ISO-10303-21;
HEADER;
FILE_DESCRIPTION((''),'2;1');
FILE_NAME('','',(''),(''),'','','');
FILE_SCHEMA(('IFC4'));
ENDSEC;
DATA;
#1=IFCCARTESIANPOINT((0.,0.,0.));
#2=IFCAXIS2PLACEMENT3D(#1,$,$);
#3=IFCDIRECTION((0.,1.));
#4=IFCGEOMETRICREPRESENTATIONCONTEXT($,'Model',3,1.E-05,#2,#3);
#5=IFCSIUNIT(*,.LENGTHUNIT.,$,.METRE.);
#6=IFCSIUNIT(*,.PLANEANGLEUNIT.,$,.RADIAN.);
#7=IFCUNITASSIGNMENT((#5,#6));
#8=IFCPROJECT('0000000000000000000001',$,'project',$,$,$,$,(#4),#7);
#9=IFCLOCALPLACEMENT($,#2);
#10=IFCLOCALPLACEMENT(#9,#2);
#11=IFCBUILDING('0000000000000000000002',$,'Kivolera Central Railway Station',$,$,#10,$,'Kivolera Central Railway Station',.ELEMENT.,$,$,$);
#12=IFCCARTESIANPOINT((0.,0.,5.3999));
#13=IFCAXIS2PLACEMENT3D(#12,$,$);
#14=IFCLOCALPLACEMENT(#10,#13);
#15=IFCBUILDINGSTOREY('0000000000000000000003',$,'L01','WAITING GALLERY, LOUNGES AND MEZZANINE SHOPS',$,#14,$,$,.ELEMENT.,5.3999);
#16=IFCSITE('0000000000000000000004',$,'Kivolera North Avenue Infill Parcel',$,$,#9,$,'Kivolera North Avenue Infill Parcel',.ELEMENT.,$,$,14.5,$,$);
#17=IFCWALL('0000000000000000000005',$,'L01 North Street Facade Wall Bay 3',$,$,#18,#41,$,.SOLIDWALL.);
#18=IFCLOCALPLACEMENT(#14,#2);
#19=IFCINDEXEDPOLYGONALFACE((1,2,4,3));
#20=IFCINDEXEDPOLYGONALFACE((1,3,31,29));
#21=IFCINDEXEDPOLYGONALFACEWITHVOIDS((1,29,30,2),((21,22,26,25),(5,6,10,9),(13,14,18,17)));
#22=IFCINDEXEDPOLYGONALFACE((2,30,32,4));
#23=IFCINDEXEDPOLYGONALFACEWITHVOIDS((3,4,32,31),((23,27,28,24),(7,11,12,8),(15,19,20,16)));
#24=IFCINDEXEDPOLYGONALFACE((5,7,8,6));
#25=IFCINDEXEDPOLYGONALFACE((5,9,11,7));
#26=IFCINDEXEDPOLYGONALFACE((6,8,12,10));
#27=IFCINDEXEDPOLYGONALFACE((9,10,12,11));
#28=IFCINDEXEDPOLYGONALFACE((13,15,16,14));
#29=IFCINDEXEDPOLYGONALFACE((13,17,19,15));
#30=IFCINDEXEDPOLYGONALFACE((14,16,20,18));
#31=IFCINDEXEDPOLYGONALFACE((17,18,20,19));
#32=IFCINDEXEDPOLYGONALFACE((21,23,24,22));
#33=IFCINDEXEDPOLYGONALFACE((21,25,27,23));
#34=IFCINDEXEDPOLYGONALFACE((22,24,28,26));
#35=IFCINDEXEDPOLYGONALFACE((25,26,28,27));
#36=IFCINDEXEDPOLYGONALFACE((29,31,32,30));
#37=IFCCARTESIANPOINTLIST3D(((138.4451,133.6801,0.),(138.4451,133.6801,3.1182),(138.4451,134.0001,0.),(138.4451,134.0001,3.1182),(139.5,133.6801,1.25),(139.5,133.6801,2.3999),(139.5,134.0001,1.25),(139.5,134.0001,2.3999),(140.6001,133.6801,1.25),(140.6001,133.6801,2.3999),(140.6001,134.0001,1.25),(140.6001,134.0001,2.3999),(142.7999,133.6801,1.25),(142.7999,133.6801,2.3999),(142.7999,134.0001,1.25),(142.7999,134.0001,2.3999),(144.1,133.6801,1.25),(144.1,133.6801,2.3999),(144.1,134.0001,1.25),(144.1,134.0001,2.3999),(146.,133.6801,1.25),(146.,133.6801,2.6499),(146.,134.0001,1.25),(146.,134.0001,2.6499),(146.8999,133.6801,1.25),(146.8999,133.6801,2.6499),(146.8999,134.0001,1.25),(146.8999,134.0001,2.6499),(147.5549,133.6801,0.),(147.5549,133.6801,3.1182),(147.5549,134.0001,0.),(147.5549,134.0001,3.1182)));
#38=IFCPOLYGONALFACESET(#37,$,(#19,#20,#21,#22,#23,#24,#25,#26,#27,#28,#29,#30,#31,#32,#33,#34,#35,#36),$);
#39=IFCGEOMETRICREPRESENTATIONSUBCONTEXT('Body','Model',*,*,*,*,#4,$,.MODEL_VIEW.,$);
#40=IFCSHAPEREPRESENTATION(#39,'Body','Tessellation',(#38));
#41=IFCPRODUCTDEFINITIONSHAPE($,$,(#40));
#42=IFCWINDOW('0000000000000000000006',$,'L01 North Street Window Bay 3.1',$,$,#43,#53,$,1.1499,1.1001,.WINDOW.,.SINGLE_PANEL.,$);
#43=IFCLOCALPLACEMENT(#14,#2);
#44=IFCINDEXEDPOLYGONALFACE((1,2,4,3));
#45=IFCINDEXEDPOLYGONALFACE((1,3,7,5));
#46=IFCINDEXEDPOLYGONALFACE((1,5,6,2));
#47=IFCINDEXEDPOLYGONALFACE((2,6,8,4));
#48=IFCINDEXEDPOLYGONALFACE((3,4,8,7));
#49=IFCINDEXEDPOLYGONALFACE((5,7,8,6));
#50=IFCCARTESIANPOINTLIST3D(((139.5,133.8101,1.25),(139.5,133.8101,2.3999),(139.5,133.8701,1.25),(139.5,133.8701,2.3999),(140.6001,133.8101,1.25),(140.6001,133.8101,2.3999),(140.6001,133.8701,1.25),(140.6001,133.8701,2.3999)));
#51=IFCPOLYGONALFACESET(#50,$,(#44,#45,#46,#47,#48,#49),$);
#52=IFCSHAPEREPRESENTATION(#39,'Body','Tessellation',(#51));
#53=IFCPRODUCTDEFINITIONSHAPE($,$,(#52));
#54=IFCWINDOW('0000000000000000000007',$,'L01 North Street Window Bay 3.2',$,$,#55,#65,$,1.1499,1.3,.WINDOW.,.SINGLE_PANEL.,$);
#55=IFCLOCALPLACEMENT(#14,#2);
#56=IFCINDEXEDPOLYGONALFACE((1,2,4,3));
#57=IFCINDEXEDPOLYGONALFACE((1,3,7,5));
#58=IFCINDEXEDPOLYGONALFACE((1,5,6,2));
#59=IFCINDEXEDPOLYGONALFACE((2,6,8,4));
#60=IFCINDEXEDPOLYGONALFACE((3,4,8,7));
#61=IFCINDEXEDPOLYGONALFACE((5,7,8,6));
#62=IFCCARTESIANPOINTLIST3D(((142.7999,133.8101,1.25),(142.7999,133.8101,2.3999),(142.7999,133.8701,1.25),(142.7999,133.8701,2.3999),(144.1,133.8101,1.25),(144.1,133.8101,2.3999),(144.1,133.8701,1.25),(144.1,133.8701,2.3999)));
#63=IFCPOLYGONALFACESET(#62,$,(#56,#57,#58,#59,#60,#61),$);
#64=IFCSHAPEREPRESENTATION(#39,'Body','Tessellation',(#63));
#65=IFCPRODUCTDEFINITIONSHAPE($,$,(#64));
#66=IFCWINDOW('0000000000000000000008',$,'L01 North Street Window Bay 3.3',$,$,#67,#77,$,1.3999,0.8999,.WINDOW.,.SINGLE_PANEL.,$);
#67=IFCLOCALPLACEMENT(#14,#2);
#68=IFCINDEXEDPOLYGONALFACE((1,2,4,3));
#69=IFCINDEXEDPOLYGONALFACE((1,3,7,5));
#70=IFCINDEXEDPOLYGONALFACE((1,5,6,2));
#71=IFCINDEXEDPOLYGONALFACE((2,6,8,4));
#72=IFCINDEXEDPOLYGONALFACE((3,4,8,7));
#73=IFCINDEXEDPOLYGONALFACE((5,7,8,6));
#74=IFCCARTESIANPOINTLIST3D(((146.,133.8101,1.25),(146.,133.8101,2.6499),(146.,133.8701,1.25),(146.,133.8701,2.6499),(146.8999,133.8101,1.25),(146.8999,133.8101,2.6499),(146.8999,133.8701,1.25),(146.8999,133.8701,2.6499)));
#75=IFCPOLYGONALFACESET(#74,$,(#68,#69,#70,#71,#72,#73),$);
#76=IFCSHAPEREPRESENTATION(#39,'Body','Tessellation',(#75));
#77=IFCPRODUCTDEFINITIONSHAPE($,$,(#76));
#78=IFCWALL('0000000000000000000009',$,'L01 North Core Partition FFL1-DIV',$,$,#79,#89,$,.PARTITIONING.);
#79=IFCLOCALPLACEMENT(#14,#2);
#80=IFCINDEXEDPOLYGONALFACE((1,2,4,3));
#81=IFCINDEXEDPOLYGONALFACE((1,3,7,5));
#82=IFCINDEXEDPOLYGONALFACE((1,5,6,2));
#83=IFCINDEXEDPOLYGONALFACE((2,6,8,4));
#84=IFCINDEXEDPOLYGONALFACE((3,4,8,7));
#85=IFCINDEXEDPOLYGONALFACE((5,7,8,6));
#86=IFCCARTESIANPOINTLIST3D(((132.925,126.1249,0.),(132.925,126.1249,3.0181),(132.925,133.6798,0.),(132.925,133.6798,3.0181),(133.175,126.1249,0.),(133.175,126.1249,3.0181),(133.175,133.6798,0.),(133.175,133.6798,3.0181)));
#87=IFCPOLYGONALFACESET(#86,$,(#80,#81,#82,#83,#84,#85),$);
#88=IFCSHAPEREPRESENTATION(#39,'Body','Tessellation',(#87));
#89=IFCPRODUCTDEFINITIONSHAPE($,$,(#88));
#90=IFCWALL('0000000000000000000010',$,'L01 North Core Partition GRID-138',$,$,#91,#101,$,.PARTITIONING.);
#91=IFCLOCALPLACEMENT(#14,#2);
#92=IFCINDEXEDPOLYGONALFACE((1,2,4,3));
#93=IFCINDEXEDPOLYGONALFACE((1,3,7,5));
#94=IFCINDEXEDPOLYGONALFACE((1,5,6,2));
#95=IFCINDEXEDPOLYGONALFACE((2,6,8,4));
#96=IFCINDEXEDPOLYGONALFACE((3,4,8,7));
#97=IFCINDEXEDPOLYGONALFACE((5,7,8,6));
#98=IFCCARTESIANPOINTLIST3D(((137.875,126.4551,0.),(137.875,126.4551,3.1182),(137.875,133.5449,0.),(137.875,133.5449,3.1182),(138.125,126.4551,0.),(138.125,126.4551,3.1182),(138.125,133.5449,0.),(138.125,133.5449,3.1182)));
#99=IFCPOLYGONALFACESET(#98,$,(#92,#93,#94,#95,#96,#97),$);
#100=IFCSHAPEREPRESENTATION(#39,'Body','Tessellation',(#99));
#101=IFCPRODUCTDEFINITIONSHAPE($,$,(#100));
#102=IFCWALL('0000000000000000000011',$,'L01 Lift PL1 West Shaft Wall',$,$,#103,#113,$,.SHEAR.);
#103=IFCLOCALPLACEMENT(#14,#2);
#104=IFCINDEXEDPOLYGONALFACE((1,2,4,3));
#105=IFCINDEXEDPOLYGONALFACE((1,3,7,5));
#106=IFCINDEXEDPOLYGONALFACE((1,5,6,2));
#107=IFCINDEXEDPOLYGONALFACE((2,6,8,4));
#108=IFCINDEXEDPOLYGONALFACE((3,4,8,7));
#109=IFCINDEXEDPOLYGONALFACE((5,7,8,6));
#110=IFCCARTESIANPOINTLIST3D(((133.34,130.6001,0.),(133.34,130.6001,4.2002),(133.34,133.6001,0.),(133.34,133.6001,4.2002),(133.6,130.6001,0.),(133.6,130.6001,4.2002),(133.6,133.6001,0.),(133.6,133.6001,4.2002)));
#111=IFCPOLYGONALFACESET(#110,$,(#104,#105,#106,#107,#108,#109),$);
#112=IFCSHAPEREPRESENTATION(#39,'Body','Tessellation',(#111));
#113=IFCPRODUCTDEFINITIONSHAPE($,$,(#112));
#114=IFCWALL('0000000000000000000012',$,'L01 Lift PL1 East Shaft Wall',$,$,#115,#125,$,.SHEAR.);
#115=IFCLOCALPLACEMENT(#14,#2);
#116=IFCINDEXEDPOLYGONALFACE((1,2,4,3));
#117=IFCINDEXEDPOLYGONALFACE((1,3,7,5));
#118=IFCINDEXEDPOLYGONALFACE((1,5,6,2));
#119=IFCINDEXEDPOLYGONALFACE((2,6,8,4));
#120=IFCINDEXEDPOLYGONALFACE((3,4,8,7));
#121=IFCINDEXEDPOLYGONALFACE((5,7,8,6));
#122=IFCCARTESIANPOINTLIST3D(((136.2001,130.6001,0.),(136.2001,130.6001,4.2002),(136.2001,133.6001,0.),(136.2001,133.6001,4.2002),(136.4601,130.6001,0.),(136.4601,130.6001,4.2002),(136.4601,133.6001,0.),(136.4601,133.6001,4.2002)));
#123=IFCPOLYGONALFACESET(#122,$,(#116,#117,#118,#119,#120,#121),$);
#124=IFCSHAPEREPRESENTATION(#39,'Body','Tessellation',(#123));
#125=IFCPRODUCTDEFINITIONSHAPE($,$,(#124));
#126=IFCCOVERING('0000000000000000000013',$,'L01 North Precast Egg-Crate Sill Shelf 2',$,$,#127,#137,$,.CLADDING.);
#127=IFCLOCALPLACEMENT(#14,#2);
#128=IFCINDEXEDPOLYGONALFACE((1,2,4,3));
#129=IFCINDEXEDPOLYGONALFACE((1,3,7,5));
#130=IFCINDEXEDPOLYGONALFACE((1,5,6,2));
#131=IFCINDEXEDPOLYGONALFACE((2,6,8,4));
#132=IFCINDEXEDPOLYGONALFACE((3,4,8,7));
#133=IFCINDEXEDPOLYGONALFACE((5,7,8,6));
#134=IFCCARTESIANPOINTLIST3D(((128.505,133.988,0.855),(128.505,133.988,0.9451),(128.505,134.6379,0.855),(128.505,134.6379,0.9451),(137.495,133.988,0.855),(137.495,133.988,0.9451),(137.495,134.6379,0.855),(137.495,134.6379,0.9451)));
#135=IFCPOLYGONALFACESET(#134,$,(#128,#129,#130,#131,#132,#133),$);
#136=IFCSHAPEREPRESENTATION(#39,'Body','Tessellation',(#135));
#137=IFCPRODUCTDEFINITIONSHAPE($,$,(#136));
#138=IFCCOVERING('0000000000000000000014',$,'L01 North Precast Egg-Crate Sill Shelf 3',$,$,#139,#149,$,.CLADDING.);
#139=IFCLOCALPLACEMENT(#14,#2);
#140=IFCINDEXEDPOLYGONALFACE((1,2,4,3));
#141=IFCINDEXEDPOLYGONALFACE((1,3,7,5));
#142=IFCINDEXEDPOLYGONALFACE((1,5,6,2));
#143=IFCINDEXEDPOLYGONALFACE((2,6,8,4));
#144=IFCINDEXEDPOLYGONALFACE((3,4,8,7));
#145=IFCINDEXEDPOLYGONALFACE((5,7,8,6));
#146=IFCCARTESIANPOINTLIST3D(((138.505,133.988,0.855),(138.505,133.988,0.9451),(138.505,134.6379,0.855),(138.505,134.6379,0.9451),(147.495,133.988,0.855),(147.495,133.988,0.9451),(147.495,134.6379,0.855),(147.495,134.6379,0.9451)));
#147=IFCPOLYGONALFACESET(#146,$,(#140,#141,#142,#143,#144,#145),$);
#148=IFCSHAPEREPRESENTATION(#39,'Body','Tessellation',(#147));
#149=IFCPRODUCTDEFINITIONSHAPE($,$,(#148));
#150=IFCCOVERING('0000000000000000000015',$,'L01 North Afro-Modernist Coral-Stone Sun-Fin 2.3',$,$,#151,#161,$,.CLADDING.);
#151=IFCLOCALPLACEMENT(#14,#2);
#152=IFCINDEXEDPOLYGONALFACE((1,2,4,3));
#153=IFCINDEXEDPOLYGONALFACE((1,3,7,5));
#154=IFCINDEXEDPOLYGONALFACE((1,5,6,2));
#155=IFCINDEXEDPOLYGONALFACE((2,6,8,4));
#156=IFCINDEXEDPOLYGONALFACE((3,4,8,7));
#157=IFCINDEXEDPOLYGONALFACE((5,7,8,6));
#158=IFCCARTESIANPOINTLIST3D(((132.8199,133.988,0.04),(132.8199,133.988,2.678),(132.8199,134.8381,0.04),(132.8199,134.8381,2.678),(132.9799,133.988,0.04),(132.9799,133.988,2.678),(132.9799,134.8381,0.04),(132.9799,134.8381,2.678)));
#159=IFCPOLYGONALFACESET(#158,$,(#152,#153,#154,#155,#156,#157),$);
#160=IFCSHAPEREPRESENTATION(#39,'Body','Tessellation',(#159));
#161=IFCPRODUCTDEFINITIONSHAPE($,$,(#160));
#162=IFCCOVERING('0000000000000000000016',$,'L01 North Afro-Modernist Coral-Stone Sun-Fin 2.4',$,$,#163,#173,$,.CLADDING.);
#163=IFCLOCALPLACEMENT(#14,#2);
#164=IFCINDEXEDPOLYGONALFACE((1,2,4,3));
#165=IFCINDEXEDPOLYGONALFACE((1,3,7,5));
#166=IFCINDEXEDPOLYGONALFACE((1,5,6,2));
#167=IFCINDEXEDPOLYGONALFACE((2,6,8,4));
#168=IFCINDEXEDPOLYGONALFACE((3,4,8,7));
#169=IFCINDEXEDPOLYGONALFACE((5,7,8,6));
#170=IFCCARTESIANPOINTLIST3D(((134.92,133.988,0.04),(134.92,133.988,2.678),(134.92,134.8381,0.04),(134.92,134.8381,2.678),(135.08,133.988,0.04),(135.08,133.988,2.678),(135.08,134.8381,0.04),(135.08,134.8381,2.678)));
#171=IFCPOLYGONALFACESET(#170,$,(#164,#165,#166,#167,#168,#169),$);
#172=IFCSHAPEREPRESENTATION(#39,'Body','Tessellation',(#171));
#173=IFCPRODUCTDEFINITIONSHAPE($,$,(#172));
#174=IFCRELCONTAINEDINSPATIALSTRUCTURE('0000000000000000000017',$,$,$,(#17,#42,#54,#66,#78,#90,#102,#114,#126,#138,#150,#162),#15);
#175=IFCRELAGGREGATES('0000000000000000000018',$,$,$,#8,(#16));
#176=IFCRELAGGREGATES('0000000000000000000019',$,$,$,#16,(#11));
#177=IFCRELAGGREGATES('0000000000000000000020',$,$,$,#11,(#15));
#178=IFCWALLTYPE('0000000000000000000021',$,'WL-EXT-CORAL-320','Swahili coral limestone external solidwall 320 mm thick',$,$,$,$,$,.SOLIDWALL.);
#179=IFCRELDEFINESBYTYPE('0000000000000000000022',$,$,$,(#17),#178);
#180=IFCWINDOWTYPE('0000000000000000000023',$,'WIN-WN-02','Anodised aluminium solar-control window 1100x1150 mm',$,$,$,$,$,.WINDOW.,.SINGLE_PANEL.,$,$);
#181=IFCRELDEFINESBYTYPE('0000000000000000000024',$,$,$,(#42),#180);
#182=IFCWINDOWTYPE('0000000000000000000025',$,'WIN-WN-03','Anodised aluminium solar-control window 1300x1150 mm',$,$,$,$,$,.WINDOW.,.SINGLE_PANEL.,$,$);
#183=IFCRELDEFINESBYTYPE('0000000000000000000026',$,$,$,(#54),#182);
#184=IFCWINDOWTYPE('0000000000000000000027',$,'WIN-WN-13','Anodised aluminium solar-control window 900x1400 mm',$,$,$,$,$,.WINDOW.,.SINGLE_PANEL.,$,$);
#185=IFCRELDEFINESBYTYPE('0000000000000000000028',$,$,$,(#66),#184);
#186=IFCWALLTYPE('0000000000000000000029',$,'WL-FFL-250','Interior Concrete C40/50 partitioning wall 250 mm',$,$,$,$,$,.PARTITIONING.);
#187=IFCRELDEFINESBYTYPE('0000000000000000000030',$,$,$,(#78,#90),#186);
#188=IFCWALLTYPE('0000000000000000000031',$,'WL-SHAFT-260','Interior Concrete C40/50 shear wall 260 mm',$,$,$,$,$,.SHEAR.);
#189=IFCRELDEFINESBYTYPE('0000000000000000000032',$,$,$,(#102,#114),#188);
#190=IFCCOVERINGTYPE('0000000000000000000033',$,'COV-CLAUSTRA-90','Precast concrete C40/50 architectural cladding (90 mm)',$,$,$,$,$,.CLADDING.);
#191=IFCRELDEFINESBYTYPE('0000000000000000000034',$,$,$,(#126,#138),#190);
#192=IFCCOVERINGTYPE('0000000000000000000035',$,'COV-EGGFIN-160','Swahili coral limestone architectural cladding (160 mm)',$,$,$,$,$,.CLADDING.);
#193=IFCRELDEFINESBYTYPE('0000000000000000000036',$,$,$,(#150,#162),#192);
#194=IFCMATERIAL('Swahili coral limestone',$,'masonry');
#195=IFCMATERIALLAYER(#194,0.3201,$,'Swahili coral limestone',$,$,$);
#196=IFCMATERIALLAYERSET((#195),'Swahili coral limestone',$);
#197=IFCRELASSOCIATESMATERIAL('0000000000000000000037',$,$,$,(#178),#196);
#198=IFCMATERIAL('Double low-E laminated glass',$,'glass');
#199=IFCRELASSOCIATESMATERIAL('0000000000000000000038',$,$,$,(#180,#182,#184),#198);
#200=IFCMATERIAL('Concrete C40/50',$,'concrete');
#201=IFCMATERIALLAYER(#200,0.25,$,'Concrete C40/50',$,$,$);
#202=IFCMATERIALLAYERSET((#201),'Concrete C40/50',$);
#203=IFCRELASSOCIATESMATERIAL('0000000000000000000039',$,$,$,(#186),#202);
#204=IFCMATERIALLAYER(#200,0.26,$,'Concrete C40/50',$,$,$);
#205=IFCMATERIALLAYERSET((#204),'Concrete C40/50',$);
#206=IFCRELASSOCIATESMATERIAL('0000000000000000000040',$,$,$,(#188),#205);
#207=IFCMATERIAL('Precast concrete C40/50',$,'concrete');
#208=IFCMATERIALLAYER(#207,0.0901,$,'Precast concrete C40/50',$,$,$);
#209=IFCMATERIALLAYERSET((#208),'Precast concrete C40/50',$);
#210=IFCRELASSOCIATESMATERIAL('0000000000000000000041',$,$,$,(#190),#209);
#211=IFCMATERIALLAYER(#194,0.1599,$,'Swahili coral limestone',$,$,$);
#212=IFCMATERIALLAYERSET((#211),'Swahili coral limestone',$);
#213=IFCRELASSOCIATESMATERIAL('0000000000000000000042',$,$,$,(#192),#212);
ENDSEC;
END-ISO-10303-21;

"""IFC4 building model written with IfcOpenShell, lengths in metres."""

from ifc_helpers import new_model, si_unit, direction, frame, frame_2d, origin, origin_2d, place, context, subcontext, project, spatial, rectangle, extrude, material, layer, layer_set, type_object, element, fill, save


model = new_model("IFC4")

# Units and contexts
model_context = context("Model", 3, precision=1e-05, world=origin(), true_north=direction((0.0, 1.0)))
body_context = subcontext(model_context, "Body", "Model", "MODEL_VIEW")
ifc_project = project(units=[si_unit("LENGTHUNIT", "METRE"), si_unit("PLANEANGLEUNIT", "RADIAN")], contexts=[model_context])

# Site, building, storey
site_placement = place(None, origin())
site = spatial("IfcSite", under=ifc_project, at=site_placement, Name="Kivolera North Avenue Infill Parcel", LongName="Kivolera North Avenue Infill Parcel", CompositionType="ELEMENT", RefElevation=14.5)
building_placement = place(site_placement, origin())
building = spatial("IfcBuilding", under=site, at=building_placement, Name="Kivolera Central Railway Station", LongName="Kivolera Central Railway Station", CompositionType="ELEMENT")
storey_placement = place(building_placement, frame((0.0, 0.0, 5.3999)))
storey = spatial("IfcBuildingStorey", under=building, at=storey_placement, Name="L01", Description="WAITING GALLERY, LOUNGES AND MEZZANINE SHOPS", CompositionType="ELEMENT", Elevation=5.3999)

# Shared definitions
ifc_material_1 = material(Name="Concrete C40/50", Category="concrete")

# Wall, openings, windows
ifc_material_2 = material(Name="Swahili coral limestone", Category="masonry")
ifc_layer_1 = layer(ifc_material_2, 0.3201, Name="Swahili coral limestone")
ifc_layer_set_1 = layer_set([ifc_layer_1], Name="Swahili coral limestone")
wall_type_1 = type_object("IfcWallType", Name="WL-EXT-CORAL-320", Description="Swahili coral limestone external solidwall 320 mm thick", PredefinedType="SOLIDWALL", material=ifc_layer_set_1)
wall_1_placement = place(storey_placement, frame((138.4451, 133.8401, 0.0), z_axis=(0.0, 0.0, 1.0), x_axis=(1.0, 0.0, 0.0)))
wall_1 = element("IfcWall", 1, at=wall_1_placement, inside=storey, type_object=wall_type_1, Name="L01 North Street Facade Wall Bay 3", PredefinedType="SOLIDWALL", context=body_context, shape_type="SweptSolid", body=[
    extrude(rectangle(XDim=9.1099, YDim=0.3201, at=frame_2d((4.5549, 0.0))), origin(), (0.0, 0.0, 1.0), 3.1182),
])
opening_1_placement = place(wall_1_placement, frame((1.0549, 0.0, 1.25)))
opening_1 = element("IfcOpeningElement", 2, at=opening_1_placement, cuts=wall_1, PredefinedType="OPENING", context=body_context, shape_type="SweptSolid", body=[
    extrude(rectangle(XDim=1.1001, YDim=1.1499, at=frame_2d((0.55, 0.575))), frame((0.0, 0.1699, 0.0), z_axis=(0.0, -1.0, 0.0), x_axis=(1.0, 0.0, 0.0)), (0.0, 0.0, 1.0), 0.3401),
])
opening_2_placement = place(wall_1_placement, frame((4.355, 0.0, 1.25)))
opening_2 = element("IfcOpeningElement", 3, at=opening_2_placement, cuts=wall_1, PredefinedType="OPENING", context=body_context, shape_type="SweptSolid", body=[
    extrude(rectangle(XDim=1.3, YDim=1.1499, at=frame_2d((0.6499, 0.575))), frame((0.0, 0.1699, 0.0), z_axis=(0.0, -1.0, 0.0), x_axis=(1.0, 0.0, 0.0)), (0.0, 0.0, 1.0), 0.3401),
])
opening_3_placement = place(wall_1_placement, frame((7.5549, 0.0, 1.25)))
opening_3 = element("IfcOpeningElement", 4, at=opening_3_placement, cuts=wall_1, PredefinedType="OPENING", context=body_context, shape_type="SweptSolid", body=[
    extrude(rectangle(XDim=0.8999, YDim=1.3999, at=frame_2d((0.45, 0.7))), frame((0.0, 0.1699, 0.0), z_axis=(0.0, -1.0, 0.0), x_axis=(1.0, 0.0, 0.0)), (0.0, 0.0, 1.0), 0.3401),
])
ifc_material_3 = material(Name="Double low-E laminated glass", Category="glass")
window_type_1 = type_object("IfcWindowType", Name="WIN-WN-02", Description="Anodised aluminium solar-control window 1100x1150 mm", PartitioningType="SINGLE_PANEL", PredefinedType="WINDOW", material=ifc_material_3)
window_1_placement = place(opening_1_placement, origin())
window_1 = element("IfcWindow", 5, at=window_1_placement, inside=storey, type_object=window_type_1, Name="L01 North Street Window Bay 3.1", OverallHeight=1.1499, OverallWidth=1.1001, PartitioningType="SINGLE_PANEL", PredefinedType="WINDOW", context=body_context, shape_type="SweptSolid", body=[
    extrude(rectangle(XDim=1.1001, YDim=1.1499, at=frame_2d((0.55, 0.575))), frame((0.0, 0.03, 0.0), z_axis=(0.0, -1.0, 0.0), x_axis=(1.0, 0.0, 0.0)), (0.0, 0.0, 1.0), 0.0601),
])
fill(opening_1, window_1)
window_type_2 = type_object("IfcWindowType", Name="WIN-WN-03", Description="Anodised aluminium solar-control window 1300x1150 mm", PartitioningType="SINGLE_PANEL", PredefinedType="WINDOW", material=ifc_material_3)
window_2_placement = place(opening_2_placement, origin())
window_2 = element("IfcWindow", 6, at=window_2_placement, inside=storey, type_object=window_type_2, Name="L01 North Street Window Bay 3.2", OverallHeight=1.1499, OverallWidth=1.3, PartitioningType="SINGLE_PANEL", PredefinedType="WINDOW", context=body_context, shape_type="SweptSolid", body=[
    extrude(rectangle(XDim=1.3, YDim=1.1499, at=frame_2d((0.6499, 0.575))), frame((0.0, 0.03, 0.0), z_axis=(0.0, -1.0, 0.0), x_axis=(1.0, 0.0, 0.0)), (0.0, 0.0, 1.0), 0.0601),
])
fill(opening_2, window_2)
window_type_3 = type_object("IfcWindowType", Name="WIN-WN-13", Description="Anodised aluminium solar-control window 900x1400 mm", PartitioningType="SINGLE_PANEL", PredefinedType="WINDOW", material=ifc_material_3)
window_3_placement = place(opening_3_placement, origin())
window_3 = element("IfcWindow", 7, at=window_3_placement, inside=storey, type_object=window_type_3, Name="L01 North Street Window Bay 3.3", OverallHeight=1.3999, OverallWidth=0.8999, PartitioningType="SINGLE_PANEL", PredefinedType="WINDOW", context=body_context, shape_type="SweptSolid", body=[
    extrude(rectangle(XDim=0.8999, YDim=1.3999, at=frame_2d((0.45, 0.7))), frame((0.0, 0.03, 0.0), z_axis=(0.0, -1.0, 0.0), x_axis=(1.0, 0.0, 0.0)), (0.0, 0.0, 1.0), 0.0601),
])
fill(opening_3, window_3)

# Walls
ifc_layer_2 = layer(ifc_material_1, 0.25, Name="Concrete C40/50")
ifc_layer_set_2 = layer_set([ifc_layer_2], Name="Concrete C40/50")
wall_type_2 = type_object("IfcWallType", Name="WL-FFL-250", Description="Interior Concrete C40/50 partitioning wall 250 mm", PredefinedType="PARTITIONING", material=ifc_layer_set_2)
wall_2_placement = place(storey_placement, frame((133.05, 126.125, 0.0), z_axis=(0.0, 0.0, 1.0), x_axis=(0.0, 1.0, 0.0)))
element("IfcWall", 8, at=wall_2_placement, inside=storey, type_object=wall_type_2, Name="L01 North Core Partition FFL1-DIV", PredefinedType="PARTITIONING", context=body_context, shape_type="SweptSolid", body=[
    extrude(rectangle(XDim=7.5549, YDim=0.25, at=frame_2d((3.7773, 0.0))), origin(), (0.0, 0.0, 1.0), 3.0181),
])
wall_3_placement = place(storey_placement, frame((138.0, 126.4551, 0.0), z_axis=(0.0, 0.0, 1.0), x_axis=(0.0, 1.0, 0.0)))
element("IfcWall", 9, at=wall_3_placement, inside=storey, type_object=wall_type_2, Name="L01 North Core Partition GRID-138", PredefinedType="PARTITIONING", context=body_context, shape_type="SweptSolid", body=[
    extrude(rectangle(XDim=7.0898, YDim=0.25, at=frame_2d((3.5449, 0.0))), origin(), (0.0, 0.0, 1.0), 3.1182),
])

# Shared definitions
ifc_layer_3 = layer(ifc_material_1, 0.26, Name="Concrete C40/50")
ifc_layer_set_3 = layer_set([ifc_layer_3], Name="Concrete C40/50")
wall_type_3 = type_object("IfcWallType", Name="WL-SHAFT-260", Description="Interior Concrete C40/50 shear wall 260 mm", PredefinedType="SHEAR", material=ifc_layer_set_3)

# Walls
for number, where, z_axis, x_axis, name in (
    (10, (133.47, 130.6001, 0.0), (0.0, 0.0, 1.0), (0.0, 1.0, 0.0), "L01 Lift PL1 West Shaft Wall"),
    (11, (136.3301, 130.6001, 0.0), (0.0, 0.0, 1.0), (0.0, 1.0, 0.0), "L01 Lift PL1 East Shaft Wall"),
):
    element("IfcWall", number, at=place(storey_placement, frame(where, z_axis=z_axis, x_axis=x_axis)), inside=storey, type_object=wall_type_3, Name=name, PredefinedType="SHEAR", context=body_context, shape_type="SweptSolid", body=[
        extrude(rectangle(XDim=3.0, YDim=0.26, at=frame_2d((1.5, 0.0))), origin(), (0.0, 0.0, 1.0), 4.2002),
    ])

# Coverings
ifc_material_4 = material(Name="Precast concrete C40/50", Category="concrete")
ifc_layer_4 = layer(ifc_material_4, 0.0901, Name="Precast concrete C40/50")
ifc_layer_set_4 = layer_set([ifc_layer_4], Name="Precast concrete C40/50")
covering_type_1 = type_object("IfcCoveringType", Name="COV-CLAUSTRA-90", Description="Precast concrete C40/50 architectural cladding (90 mm)", PredefinedType="CLADDING", material=ifc_layer_set_4)
for number, where, z_axis, x_axis, name in (
    (12, (133.0, 134.313, 0.855), (0.0, 0.0, 1.0), (1.0, 0.0, 0.0), "L01 North Precast Egg-Crate Sill Shelf 2"),
    (13, (143.0, 134.313, 0.855), (0.0, 0.0, 1.0), (1.0, 0.0, 0.0), "L01 North Precast Egg-Crate Sill Shelf 3"),
):
    element("IfcCovering", number, at=place(storey_placement, frame(where, z_axis=z_axis, x_axis=x_axis)), inside=storey, type_object=covering_type_1, Name=name, PredefinedType="CLADDING", context=body_context, shape_type="SweptSolid", body=[
        extrude(rectangle(XDim=8.99, YDim=0.6499, at=origin_2d()), origin(), (0.0, 0.0, 1.0), 0.0901),
    ])
ifc_layer_5 = layer(ifc_material_2, 0.1599, Name="Swahili coral limestone")
ifc_layer_set_5 = layer_set([ifc_layer_5], Name="Swahili coral limestone")
covering_type_2 = type_object("IfcCoveringType", Name="COV-EGGFIN-160", Description="Swahili coral limestone architectural cladding (160 mm)", PredefinedType="CLADDING", material=ifc_layer_set_5)
for number, where, z_axis, x_axis, name in (
    (14, (132.8999, 134.4131, 0.04), (0.0, 0.0, 1.0), (1.0, 0.0, 0.0), "L01 North Afro-Modernist Coral-Stone Sun-Fin 2.3"),
    (15, (135.0, 134.4131, 0.04), (0.0, 0.0, 1.0), (1.0, 0.0, 0.0), "L01 North Afro-Modernist Coral-Stone Sun-Fin 2.4"),
):
    element("IfcCovering", number, at=place(storey_placement, frame(where, z_axis=z_axis, x_axis=x_axis)), inside=storey, type_object=covering_type_2, Name=name, PredefinedType="CLADDING", context=body_context, shape_type="SweptSolid", body=[
        extrude(rectangle(XDim=0.1599, YDim=0.8501, at=origin_2d()), origin(), (0.0, 0.0, 1.0), 2.6379),
    ])

save(model, "model.ifc")
